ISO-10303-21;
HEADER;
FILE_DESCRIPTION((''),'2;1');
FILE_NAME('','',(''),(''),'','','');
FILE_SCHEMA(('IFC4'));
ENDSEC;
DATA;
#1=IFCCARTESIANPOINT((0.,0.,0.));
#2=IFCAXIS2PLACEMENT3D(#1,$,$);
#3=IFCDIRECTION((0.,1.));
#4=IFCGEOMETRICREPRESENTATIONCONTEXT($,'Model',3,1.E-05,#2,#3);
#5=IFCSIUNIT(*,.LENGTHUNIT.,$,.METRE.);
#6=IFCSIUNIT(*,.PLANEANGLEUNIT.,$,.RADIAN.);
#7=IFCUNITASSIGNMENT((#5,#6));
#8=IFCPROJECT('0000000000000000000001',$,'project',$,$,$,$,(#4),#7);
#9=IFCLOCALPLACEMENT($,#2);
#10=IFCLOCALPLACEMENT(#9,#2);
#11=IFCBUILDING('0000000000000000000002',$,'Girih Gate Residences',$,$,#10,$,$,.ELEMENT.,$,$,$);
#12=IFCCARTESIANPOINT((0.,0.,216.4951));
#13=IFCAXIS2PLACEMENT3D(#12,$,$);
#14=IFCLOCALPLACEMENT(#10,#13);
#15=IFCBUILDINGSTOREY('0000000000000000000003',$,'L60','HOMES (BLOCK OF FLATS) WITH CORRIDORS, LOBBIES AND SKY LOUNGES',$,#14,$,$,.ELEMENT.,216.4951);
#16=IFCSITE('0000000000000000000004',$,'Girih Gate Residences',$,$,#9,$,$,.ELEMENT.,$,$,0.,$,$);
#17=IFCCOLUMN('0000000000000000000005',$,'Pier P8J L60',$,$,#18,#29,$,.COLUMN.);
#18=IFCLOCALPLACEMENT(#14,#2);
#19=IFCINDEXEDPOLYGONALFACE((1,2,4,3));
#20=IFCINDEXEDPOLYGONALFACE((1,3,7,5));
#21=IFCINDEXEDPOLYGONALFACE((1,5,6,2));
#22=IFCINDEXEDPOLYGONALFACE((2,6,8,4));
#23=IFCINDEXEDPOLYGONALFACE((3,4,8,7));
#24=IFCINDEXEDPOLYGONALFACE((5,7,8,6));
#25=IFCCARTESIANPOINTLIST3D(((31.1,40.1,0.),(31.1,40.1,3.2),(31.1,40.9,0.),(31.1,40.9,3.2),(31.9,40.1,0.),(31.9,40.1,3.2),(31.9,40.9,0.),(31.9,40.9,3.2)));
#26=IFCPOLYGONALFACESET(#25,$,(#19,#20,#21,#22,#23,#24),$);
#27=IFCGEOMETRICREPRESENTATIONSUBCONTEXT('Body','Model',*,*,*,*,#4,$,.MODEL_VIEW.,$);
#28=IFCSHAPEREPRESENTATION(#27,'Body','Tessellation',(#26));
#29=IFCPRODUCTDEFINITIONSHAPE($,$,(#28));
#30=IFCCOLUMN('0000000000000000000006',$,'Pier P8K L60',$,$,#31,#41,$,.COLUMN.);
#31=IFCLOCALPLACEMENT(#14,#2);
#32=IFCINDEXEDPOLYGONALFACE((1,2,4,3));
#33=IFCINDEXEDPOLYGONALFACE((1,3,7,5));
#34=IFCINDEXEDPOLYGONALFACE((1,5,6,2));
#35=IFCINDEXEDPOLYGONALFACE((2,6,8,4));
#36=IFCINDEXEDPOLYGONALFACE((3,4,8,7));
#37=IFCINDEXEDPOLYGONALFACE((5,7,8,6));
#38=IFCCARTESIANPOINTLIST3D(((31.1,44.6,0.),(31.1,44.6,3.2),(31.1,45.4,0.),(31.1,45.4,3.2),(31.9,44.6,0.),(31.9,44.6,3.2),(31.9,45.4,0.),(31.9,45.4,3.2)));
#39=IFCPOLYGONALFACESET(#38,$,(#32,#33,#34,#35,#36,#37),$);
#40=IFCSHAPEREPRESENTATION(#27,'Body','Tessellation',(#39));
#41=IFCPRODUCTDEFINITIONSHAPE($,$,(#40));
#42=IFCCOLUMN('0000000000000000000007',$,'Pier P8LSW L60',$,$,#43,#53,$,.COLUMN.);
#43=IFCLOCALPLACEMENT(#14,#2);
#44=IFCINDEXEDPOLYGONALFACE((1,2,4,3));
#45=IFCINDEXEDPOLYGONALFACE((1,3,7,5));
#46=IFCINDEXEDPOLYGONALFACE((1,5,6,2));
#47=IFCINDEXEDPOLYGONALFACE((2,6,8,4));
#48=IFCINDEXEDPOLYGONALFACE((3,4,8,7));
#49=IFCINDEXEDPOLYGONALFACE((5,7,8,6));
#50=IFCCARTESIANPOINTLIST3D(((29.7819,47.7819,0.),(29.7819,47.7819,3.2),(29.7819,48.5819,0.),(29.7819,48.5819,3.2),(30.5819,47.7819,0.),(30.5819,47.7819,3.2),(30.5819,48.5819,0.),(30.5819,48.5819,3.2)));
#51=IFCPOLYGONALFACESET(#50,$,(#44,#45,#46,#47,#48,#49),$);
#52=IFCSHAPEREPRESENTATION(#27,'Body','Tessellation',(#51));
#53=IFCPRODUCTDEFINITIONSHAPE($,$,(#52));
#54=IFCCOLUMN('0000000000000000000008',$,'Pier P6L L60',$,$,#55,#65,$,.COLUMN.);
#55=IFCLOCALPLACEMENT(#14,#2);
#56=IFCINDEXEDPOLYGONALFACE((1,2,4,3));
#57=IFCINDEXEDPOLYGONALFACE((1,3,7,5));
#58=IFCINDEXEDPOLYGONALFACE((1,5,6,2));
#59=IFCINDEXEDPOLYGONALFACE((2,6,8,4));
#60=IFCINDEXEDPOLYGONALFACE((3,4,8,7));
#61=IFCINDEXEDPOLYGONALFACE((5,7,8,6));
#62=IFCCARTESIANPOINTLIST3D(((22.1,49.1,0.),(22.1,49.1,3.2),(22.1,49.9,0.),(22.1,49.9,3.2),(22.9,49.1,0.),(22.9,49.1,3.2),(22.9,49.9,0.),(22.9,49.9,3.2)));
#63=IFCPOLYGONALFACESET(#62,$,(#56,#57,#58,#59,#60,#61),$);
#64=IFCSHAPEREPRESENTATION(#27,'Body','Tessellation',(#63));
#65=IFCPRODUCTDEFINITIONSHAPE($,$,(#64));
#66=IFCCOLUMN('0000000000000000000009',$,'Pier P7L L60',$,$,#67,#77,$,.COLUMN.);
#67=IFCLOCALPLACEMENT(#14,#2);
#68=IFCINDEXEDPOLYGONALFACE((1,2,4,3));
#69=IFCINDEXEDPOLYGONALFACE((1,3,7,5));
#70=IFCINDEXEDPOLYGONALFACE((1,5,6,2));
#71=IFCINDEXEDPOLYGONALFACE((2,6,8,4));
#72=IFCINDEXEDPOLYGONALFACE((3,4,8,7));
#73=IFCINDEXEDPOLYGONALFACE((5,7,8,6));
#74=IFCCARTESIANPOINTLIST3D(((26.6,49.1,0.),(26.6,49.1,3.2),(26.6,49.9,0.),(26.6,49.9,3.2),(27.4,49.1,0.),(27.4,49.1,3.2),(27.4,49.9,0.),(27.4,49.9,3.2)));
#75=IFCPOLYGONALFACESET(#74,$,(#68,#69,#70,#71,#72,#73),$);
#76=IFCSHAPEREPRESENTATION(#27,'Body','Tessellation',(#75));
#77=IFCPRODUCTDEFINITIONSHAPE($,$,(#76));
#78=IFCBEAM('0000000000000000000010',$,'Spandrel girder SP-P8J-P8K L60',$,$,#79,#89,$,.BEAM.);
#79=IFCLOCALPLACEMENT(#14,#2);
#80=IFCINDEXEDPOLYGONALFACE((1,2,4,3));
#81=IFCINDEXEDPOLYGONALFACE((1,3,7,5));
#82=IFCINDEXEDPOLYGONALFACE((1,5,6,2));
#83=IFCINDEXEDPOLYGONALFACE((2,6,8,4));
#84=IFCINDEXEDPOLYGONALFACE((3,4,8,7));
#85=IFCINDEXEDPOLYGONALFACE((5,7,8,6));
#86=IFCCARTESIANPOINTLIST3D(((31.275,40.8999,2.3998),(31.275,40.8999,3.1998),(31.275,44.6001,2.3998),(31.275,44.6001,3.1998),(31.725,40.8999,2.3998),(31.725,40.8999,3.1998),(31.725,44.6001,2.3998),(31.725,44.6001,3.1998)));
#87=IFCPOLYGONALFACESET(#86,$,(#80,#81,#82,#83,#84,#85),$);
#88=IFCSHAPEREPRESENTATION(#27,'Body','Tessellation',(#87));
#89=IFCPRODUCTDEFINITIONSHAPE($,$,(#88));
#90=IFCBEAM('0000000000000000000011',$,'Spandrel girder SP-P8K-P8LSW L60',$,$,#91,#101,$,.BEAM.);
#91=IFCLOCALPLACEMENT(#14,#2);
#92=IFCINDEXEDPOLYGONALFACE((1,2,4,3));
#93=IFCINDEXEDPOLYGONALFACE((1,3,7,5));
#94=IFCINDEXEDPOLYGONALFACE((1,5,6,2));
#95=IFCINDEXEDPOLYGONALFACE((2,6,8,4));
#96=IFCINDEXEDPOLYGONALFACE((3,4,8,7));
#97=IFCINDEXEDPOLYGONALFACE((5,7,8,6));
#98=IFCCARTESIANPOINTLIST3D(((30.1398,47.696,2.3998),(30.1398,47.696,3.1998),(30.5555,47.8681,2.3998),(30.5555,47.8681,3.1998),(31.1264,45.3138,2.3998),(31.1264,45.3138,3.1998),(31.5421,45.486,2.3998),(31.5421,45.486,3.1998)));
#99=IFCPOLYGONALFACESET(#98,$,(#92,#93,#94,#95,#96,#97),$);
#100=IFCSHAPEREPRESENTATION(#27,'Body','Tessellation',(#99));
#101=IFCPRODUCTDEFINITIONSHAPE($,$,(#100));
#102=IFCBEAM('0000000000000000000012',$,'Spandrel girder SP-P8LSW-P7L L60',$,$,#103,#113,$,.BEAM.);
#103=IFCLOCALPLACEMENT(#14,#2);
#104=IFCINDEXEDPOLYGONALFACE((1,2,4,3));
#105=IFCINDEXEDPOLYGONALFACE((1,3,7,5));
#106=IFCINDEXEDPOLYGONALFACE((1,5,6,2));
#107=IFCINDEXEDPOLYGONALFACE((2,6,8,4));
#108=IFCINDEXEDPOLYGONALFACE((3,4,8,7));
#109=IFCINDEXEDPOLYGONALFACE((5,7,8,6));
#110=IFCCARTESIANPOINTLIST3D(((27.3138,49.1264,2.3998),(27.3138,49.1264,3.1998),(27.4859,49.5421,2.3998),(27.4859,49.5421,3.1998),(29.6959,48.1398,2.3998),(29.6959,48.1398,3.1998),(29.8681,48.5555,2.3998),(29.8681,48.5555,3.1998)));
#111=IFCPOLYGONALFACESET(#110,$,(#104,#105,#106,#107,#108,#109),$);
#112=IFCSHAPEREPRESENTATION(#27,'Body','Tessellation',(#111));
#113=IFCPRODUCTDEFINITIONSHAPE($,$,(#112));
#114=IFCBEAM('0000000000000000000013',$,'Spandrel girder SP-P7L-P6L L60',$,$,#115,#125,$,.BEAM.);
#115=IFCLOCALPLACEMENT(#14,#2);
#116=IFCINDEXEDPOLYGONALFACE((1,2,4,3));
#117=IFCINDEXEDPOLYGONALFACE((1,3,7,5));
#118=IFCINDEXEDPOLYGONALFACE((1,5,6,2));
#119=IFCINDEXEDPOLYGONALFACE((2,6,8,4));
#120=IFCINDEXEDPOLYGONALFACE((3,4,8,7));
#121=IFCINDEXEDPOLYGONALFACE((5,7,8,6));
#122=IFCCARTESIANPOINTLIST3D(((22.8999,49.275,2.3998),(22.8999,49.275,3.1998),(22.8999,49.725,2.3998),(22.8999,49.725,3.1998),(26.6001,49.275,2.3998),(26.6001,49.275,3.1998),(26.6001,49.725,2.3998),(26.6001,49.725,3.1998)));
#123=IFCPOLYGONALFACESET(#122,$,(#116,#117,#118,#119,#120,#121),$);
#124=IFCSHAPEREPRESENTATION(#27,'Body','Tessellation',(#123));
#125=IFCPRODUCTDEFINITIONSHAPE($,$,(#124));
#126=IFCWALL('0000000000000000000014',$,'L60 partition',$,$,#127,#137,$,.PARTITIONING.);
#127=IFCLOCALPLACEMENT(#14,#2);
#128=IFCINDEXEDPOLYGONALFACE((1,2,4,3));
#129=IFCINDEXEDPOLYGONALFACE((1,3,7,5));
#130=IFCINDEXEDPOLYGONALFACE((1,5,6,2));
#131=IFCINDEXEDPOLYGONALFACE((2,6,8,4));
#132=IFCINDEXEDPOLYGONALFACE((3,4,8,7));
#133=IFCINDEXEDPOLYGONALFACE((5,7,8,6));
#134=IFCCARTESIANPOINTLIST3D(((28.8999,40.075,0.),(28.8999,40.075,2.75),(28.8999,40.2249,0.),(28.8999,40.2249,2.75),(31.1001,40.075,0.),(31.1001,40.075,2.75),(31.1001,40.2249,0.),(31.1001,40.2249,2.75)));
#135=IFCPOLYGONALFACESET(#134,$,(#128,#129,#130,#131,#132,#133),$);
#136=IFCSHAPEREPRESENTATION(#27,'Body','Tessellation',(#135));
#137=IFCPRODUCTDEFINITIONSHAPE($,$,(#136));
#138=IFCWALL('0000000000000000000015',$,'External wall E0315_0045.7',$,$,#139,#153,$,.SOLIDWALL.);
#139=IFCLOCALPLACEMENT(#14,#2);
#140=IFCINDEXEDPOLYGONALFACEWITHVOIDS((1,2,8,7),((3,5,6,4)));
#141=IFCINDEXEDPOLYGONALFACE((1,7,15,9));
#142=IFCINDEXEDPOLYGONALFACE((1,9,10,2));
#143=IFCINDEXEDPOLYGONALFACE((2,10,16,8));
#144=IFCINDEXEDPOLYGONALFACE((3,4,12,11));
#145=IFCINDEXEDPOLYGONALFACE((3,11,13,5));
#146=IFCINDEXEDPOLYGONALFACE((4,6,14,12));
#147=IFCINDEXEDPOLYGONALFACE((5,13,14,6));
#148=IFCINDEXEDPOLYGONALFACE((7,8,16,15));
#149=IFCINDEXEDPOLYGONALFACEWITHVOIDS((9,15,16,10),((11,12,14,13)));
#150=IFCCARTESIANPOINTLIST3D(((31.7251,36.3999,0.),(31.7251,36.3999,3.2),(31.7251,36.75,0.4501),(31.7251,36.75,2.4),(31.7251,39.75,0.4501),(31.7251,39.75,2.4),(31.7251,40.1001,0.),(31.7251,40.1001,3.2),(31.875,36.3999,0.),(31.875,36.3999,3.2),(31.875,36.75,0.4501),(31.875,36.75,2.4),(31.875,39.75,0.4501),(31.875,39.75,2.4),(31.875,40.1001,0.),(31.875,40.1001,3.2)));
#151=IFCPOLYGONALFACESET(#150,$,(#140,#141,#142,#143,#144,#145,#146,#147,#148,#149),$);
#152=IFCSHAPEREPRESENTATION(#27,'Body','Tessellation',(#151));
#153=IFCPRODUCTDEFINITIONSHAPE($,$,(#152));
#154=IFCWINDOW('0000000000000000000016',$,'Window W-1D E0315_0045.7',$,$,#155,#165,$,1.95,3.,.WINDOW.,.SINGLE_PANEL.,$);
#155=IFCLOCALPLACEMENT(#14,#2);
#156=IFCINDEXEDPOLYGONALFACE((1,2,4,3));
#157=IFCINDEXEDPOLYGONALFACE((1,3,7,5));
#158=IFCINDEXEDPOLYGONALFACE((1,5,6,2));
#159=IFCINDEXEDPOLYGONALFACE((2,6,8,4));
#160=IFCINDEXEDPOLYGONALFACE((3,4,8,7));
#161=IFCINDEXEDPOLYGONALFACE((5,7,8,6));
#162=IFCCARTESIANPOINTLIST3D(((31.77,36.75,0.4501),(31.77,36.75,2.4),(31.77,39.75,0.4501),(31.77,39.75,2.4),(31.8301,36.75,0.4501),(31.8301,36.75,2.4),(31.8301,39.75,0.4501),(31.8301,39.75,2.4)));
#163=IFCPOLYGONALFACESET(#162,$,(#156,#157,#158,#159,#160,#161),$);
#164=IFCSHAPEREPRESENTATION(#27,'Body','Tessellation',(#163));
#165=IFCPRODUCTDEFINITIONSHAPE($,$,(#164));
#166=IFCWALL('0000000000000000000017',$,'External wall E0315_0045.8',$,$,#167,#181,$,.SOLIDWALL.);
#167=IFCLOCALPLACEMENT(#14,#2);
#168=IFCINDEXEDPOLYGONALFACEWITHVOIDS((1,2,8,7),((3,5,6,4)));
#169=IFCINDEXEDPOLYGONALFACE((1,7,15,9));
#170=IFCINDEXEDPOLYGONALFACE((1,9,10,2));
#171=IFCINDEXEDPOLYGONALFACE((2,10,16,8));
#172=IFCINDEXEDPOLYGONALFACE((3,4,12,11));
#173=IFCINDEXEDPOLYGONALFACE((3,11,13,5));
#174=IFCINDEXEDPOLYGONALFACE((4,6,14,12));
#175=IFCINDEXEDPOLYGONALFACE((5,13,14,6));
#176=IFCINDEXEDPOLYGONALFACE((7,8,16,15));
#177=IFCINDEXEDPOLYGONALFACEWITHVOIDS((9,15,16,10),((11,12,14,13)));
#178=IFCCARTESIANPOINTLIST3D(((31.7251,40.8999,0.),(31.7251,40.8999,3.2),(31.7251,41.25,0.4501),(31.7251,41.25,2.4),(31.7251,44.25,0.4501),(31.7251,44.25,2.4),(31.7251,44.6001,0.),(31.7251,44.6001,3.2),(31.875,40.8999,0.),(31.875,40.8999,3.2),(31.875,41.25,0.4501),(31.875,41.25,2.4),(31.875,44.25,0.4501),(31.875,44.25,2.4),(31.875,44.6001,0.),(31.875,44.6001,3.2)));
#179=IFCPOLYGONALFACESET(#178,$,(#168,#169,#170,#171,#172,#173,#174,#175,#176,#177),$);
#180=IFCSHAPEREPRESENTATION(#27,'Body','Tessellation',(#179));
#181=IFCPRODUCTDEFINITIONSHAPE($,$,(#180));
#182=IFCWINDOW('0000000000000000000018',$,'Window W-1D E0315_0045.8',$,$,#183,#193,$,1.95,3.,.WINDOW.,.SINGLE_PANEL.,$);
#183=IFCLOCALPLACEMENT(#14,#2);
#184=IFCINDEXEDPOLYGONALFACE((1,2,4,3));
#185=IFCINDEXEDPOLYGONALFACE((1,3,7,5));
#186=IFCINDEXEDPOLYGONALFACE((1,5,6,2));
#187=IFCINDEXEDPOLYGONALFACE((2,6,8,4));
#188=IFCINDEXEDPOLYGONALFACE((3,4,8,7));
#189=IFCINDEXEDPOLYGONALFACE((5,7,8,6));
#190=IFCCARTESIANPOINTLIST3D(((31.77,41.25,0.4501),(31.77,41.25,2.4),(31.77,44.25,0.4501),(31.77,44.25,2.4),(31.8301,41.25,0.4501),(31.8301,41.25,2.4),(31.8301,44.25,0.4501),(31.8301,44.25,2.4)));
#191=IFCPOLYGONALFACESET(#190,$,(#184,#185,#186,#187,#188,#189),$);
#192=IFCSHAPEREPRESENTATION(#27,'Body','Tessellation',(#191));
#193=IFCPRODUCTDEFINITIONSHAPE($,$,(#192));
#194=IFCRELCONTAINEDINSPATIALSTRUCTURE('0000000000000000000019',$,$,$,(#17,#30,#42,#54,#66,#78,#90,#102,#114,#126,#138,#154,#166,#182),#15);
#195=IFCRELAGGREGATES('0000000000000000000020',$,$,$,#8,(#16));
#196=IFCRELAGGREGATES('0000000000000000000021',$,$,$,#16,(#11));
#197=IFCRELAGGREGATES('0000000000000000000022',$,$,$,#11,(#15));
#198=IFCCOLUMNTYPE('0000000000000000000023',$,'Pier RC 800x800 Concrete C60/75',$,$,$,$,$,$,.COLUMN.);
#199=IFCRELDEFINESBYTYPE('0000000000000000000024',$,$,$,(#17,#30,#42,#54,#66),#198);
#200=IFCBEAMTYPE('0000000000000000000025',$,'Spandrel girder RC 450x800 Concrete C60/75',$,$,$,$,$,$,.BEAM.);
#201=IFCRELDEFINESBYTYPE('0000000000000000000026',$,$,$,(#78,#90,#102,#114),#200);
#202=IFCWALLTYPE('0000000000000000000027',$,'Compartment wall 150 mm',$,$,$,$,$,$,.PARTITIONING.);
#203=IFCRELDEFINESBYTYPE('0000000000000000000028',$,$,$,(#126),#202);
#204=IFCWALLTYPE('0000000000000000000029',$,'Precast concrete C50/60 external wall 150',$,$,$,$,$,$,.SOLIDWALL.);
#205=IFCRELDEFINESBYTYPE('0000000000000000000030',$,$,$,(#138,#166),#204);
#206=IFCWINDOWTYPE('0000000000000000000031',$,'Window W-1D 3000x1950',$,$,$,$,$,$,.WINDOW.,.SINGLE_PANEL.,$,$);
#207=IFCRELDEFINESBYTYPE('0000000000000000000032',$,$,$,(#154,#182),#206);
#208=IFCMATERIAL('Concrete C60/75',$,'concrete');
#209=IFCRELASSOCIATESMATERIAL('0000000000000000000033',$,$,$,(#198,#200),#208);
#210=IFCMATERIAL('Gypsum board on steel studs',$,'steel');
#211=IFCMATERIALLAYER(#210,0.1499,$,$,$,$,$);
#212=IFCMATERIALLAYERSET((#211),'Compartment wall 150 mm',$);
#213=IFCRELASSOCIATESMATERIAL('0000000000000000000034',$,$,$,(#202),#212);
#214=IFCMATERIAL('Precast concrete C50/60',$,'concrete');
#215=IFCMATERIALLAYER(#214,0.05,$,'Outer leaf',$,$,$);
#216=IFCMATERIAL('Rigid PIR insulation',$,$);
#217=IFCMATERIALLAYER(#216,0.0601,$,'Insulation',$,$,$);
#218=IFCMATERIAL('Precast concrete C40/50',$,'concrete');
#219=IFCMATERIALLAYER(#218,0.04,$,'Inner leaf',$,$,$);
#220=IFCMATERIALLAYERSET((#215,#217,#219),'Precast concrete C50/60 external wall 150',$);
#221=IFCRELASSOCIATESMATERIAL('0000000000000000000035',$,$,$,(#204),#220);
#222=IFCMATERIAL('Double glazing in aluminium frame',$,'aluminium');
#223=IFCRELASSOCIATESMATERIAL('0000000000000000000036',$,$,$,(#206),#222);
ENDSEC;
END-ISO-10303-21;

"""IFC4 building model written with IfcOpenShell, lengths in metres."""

from ifc_helpers import new_model, si_unit, direction, frame, frame_2d, origin, origin_2d, place, context, subcontext, project, spatial, rectangle, extrude, material, layer, layer_set, material_profile, profile_set, type_object, element, fill, save


model = new_model("IFC4")

# Units and contexts
model_context = context("Model", 3, precision=1e-05, world=origin(), true_north=direction((0.0, 1.0)))
body_context = subcontext(model_context, "Body", "Model", "MODEL_VIEW")
ifc_project = project(units=[si_unit("LENGTHUNIT", "METRE"), si_unit("PLANEANGLEUNIT", "RADIAN")], contexts=[model_context])

# Site, building, storey
site_placement = place(None, origin())
site = spatial("IfcSite", under=ifc_project, at=site_placement, Name="Girih Gate Residences", CompositionType="ELEMENT", RefElevation=0.0)
building_placement = place(site_placement, origin())
building = spatial("IfcBuilding", under=site, at=building_placement, Name="Girih Gate Residences", CompositionType="ELEMENT")
storey_placement = place(building_placement, frame((0.0, 0.0, 216.4951)))
storey = spatial("IfcBuildingStorey", under=building, at=storey_placement, Name="L60", Description="HOMES (BLOCK OF FLATS) WITH CORRIDORS, LOBBIES AND SKY LOUNGES", CompositionType="ELEMENT", Elevation=216.4951)

# Columns
ifc_material_1 = material(Name="Concrete C60/75", Category="concrete")
ifc_material_profile_1 = material_profile(ifc_material_1, rectangle(XDim=0.8, YDim=0.8, at=origin_2d()))
ifc_profile_set_1 = profile_set([ifc_material_profile_1], Name="Concrete C60/75")
column_type = type_object("IfcColumnType", Name="Pier RC 800x800 Concrete C60/75", PredefinedType="COLUMN", material=ifc_profile_set_1)
for number, where, z_axis, x_axis, name in (
    (1, (31.5, 40.5, 0.0), (0.0, 0.0, 1.0), (1.0, 0.0, 0.0), "Pier P8J L60"),
    (2, (31.5, 45.0, 0.0), (0.0, 0.0, 1.0), (1.0, 0.0, 0.0), "Pier P8K L60"),
    (3, (30.1819, 48.1819, 0.0), (0.0, 0.0, 1.0), (1.0, 0.0, 0.0), "Pier P8LSW L60"),
    (4, (22.5, 49.5, 0.0), (0.0, 0.0, 1.0), (1.0, 0.0, 0.0), "Pier P6L L60"),
    (5, (27.0, 49.5, 0.0), (0.0, 0.0, 1.0), (1.0, 0.0, 0.0), "Pier P7L L60"),
):
    element("IfcColumn", number, at=place(storey_placement, frame(where, z_axis=z_axis, x_axis=x_axis)), inside=storey, type_object=column_type, Name=name, PredefinedType="COLUMN", context=body_context, shape_type="SweptSolid", body=[
        extrude(rectangle(XDim=0.8, YDim=0.8, at=origin_2d()), origin(), (0.0, 0.0, 1.0), 3.2),
    ])

# Beams
ifc_material_profile_2 = material_profile(ifc_material_1, rectangle(XDim=0.45, YDim=0.8, at=origin_2d()))
ifc_profile_set_2 = profile_set([ifc_material_profile_2], Name="Concrete C60/75")
beam_type = type_object("IfcBeamType", Name="Spandrel girder RC 450x800 Concrete C60/75", PredefinedType="BEAM", material=ifc_profile_set_2)
beam_1_placement = place(storey_placement, frame((31.5, 40.8999, 2.7998), z_axis=(0.0, 1.0, 0.0), x_axis=(-1.0, 0.0, 0.0)))
element("IfcBeam", 6, at=beam_1_placement, inside=storey, type_object=beam_type, Name="Spandrel girder SP-P8J-P8K L60", PredefinedType="BEAM", context=body_context, shape_type="SweptSolid", body=[
    extrude(rectangle(XDim=0.45, YDim=0.8, at=origin_2d()), origin(), (0.0, 0.0, 1.0), 3.7002),
])
for number, where, z_axis, x_axis, name in (
    (7, (31.3342, 45.3999, 2.7998), (-0.382644, 0.923896, 0.0), (-0.923896, -0.382644, 0.0), "Spandrel girder SP-P8K-P8LSW L60"),
    (8, (29.782, 48.3477, 2.7998), (-0.923896, 0.382644, 0.0), (-0.382644, -0.923896, 0.0), "Spandrel girder SP-P8LSW-P7L L60"),
):
    element("IfcBeam", number, at=place(storey_placement, frame(where, z_axis=z_axis, x_axis=x_axis)), inside=storey, type_object=beam_type, Name=name, PredefinedType="BEAM", context=body_context, shape_type="SweptSolid", body=[
        extrude(rectangle(XDim=0.45, YDim=0.8, at=origin_2d()), origin(), (0.0, 0.0, 1.0), 2.5784),
    ])
beam_2_placement = place(storey_placement, frame((26.6001, 49.5, 2.7998), z_axis=(-1.0, 0.0, 0.0), x_axis=(0.0, -1.0, 0.0)))
element("IfcBeam", 9, at=beam_2_placement, inside=storey, type_object=beam_type, Name="Spandrel girder SP-P7L-P6L L60", PredefinedType="BEAM", context=body_context, shape_type="SweptSolid", body=[
    extrude(rectangle(XDim=0.45, YDim=0.8, at=origin_2d()), origin(), (0.0, 0.0, 1.0), 3.7002),
])

# Wall
ifc_material_2 = material(Name="Gypsum board on steel studs", Category="steel")
ifc_layer_1 = layer(ifc_material_2, 0.1499)
ifc_layer_set_1 = layer_set([ifc_layer_1], Name="Compartment wall 150 mm")
wall_type_1 = type_object("IfcWallType", Name="Compartment wall 150 mm", PredefinedType="PARTITIONING", material=ifc_layer_set_1)
wall_1_placement = place(storey_placement, frame((28.8999, 40.1499, 0.0), z_axis=(0.0, 0.0, 1.0), x_axis=(1.0, 0.0, 0.0)))
element("IfcWall", 10, at=wall_1_placement, inside=storey, type_object=wall_type_1, Name="L60 partition", PredefinedType="PARTITIONING", context=body_context, shape_type="SweptSolid", body=[
    extrude(rectangle(XDim=2.2002, YDim=0.1499, at=frame_2d((1.1001, 0.0))), origin(), (0.0, 0.0, 1.0), 2.75),
])

# Walls, openings, windows
ifc_material_3 = material(Name="Precast concrete C50/60", Category="concrete")
ifc_layer_2 = layer(ifc_material_3, 0.05, Name="Outer leaf")
ifc_material_4 = material(Name="Rigid PIR insulation")
ifc_layer_3 = layer(ifc_material_4, 0.0601, Name="Insulation")
ifc_material_5 = material(Name="Precast concrete C40/50", Category="concrete")
ifc_layer_4 = layer(ifc_material_5, 0.04, Name="Inner leaf")
ifc_layer_set_2 = layer_set([ifc_layer_2, ifc_layer_3, ifc_layer_4], Name="Precast concrete C50/60 external wall 150")
wall_type_2 = type_object("IfcWallType", Name="Precast concrete C50/60 external wall 150", PredefinedType="SOLIDWALL", material=ifc_layer_set_2)
wall_2_placement = place(storey_placement, frame((31.8, 40.1001, 0.0), z_axis=(0.0, 0.0, 1.0), x_axis=(0.0, -1.0, 0.0)))
wall_2 = element("IfcWall", 11, at=wall_2_placement, inside=storey, type_object=wall_type_2, Name="External wall E0315_0045.7", PredefinedType="SOLIDWALL", context=body_context, shape_type="SweptSolid", body=[
    extrude(rectangle(XDim=3.7002, YDim=0.1499, at=frame_2d((1.8501, 0.0))), origin(), (0.0, 0.0, 1.0), 3.2),
])
opening_1_placement = place(wall_2_placement, frame((0.3501, 0.0, 0.45)))
opening_1 = element("IfcOpeningElement", 12, at=opening_1_placement, cuts=wall_2, PredefinedType="OPENING", context=body_context, shape_type="SweptSolid", body=[
    extrude(rectangle(XDim=3.0, YDim=1.95, at=frame_2d((1.5, 0.9751))), frame((0.0, 0.085, 0.0), z_axis=(0.0, -1.0, 0.0), x_axis=(1.0, 0.0, 0.0)), (0.0, 0.0, 1.0), 0.1699),
])
ifc_material_6 = material(Name="Double glazing in aluminium frame", Category="aluminium")
window_type_1 = type_object("IfcWindowType", Name="Window W-1D 3000x1950", PartitioningType="SINGLE_PANEL", PredefinedType="WINDOW", material=ifc_material_6)
window_1_placement = place(opening_1_placement, origin())
window_1 = element("IfcWindow", 13, at=window_1_placement, inside=storey, type_object=window_type_1, Name="Window W-1D E0315_0045.7", OverallHeight=1.95, OverallWidth=3.0, PartitioningType="SINGLE_PANEL", PredefinedType="WINDOW", context=body_context, shape_type="SweptSolid", body=[
    extrude(rectangle(XDim=3.0, YDim=1.95, at=frame_2d((1.5, 0.9751))), frame((0.0, 0.03, 0.0), z_axis=(0.0, -1.0, 0.0), x_axis=(1.0, 0.0, 0.0)), (0.0, 0.0, 1.0), 0.0601),
])
fill(opening_1, window_1)
wall_3_placement = place(storey_placement, frame((31.8, 44.6001, 0.0), z_axis=(0.0, 0.0, 1.0), x_axis=(0.0, -1.0, 0.0)))
wall_3 = element("IfcWall", 14, at=wall_3_placement, inside=storey, type_object=wall_type_2, Name="External wall E0315_0045.8", PredefinedType="SOLIDWALL", context=body_context, shape_type="SweptSolid", body=[
    extrude(rectangle(XDim=3.7002, YDim=0.1499, at=frame_2d((1.8501, 0.0))), origin(), (0.0, 0.0, 1.0), 3.2),
])
opening_2_placement = place(wall_3_placement, frame((0.3501, 0.0, 0.45)))
opening_2 = element("IfcOpeningElement", 15, at=opening_2_placement, cuts=wall_3, PredefinedType="OPENING", context=body_context, shape_type="SweptSolid", body=[
    extrude(rectangle(XDim=3.0, YDim=1.95, at=frame_2d((1.5, 0.9751))), frame((0.0, 0.085, 0.0), z_axis=(0.0, -1.0, 0.0), x_axis=(1.0, 0.0, 0.0)), (0.0, 0.0, 1.0), 0.1699),
])
window_2_placement = place(opening_2_placement, origin())
window_2 = element("IfcWindow", 16, at=window_2_placement, inside=storey, type_object=window_type_1, Name="Window W-1D E0315_0045.8", OverallHeight=1.95, OverallWidth=3.0, PartitioningType="SINGLE_PANEL", PredefinedType="WINDOW", context=body_context, shape_type="SweptSolid", body=[
    extrude(rectangle(XDim=3.0, YDim=1.95, at=frame_2d((1.5, 0.9751))), frame((0.0, 0.03, 0.0), z_axis=(0.0, -1.0, 0.0), x_axis=(1.0, 0.0, 0.0)), (0.0, 0.0, 1.0), 0.0601),
])
fill(opening_2, window_2)

save(model, "model.ifc")
